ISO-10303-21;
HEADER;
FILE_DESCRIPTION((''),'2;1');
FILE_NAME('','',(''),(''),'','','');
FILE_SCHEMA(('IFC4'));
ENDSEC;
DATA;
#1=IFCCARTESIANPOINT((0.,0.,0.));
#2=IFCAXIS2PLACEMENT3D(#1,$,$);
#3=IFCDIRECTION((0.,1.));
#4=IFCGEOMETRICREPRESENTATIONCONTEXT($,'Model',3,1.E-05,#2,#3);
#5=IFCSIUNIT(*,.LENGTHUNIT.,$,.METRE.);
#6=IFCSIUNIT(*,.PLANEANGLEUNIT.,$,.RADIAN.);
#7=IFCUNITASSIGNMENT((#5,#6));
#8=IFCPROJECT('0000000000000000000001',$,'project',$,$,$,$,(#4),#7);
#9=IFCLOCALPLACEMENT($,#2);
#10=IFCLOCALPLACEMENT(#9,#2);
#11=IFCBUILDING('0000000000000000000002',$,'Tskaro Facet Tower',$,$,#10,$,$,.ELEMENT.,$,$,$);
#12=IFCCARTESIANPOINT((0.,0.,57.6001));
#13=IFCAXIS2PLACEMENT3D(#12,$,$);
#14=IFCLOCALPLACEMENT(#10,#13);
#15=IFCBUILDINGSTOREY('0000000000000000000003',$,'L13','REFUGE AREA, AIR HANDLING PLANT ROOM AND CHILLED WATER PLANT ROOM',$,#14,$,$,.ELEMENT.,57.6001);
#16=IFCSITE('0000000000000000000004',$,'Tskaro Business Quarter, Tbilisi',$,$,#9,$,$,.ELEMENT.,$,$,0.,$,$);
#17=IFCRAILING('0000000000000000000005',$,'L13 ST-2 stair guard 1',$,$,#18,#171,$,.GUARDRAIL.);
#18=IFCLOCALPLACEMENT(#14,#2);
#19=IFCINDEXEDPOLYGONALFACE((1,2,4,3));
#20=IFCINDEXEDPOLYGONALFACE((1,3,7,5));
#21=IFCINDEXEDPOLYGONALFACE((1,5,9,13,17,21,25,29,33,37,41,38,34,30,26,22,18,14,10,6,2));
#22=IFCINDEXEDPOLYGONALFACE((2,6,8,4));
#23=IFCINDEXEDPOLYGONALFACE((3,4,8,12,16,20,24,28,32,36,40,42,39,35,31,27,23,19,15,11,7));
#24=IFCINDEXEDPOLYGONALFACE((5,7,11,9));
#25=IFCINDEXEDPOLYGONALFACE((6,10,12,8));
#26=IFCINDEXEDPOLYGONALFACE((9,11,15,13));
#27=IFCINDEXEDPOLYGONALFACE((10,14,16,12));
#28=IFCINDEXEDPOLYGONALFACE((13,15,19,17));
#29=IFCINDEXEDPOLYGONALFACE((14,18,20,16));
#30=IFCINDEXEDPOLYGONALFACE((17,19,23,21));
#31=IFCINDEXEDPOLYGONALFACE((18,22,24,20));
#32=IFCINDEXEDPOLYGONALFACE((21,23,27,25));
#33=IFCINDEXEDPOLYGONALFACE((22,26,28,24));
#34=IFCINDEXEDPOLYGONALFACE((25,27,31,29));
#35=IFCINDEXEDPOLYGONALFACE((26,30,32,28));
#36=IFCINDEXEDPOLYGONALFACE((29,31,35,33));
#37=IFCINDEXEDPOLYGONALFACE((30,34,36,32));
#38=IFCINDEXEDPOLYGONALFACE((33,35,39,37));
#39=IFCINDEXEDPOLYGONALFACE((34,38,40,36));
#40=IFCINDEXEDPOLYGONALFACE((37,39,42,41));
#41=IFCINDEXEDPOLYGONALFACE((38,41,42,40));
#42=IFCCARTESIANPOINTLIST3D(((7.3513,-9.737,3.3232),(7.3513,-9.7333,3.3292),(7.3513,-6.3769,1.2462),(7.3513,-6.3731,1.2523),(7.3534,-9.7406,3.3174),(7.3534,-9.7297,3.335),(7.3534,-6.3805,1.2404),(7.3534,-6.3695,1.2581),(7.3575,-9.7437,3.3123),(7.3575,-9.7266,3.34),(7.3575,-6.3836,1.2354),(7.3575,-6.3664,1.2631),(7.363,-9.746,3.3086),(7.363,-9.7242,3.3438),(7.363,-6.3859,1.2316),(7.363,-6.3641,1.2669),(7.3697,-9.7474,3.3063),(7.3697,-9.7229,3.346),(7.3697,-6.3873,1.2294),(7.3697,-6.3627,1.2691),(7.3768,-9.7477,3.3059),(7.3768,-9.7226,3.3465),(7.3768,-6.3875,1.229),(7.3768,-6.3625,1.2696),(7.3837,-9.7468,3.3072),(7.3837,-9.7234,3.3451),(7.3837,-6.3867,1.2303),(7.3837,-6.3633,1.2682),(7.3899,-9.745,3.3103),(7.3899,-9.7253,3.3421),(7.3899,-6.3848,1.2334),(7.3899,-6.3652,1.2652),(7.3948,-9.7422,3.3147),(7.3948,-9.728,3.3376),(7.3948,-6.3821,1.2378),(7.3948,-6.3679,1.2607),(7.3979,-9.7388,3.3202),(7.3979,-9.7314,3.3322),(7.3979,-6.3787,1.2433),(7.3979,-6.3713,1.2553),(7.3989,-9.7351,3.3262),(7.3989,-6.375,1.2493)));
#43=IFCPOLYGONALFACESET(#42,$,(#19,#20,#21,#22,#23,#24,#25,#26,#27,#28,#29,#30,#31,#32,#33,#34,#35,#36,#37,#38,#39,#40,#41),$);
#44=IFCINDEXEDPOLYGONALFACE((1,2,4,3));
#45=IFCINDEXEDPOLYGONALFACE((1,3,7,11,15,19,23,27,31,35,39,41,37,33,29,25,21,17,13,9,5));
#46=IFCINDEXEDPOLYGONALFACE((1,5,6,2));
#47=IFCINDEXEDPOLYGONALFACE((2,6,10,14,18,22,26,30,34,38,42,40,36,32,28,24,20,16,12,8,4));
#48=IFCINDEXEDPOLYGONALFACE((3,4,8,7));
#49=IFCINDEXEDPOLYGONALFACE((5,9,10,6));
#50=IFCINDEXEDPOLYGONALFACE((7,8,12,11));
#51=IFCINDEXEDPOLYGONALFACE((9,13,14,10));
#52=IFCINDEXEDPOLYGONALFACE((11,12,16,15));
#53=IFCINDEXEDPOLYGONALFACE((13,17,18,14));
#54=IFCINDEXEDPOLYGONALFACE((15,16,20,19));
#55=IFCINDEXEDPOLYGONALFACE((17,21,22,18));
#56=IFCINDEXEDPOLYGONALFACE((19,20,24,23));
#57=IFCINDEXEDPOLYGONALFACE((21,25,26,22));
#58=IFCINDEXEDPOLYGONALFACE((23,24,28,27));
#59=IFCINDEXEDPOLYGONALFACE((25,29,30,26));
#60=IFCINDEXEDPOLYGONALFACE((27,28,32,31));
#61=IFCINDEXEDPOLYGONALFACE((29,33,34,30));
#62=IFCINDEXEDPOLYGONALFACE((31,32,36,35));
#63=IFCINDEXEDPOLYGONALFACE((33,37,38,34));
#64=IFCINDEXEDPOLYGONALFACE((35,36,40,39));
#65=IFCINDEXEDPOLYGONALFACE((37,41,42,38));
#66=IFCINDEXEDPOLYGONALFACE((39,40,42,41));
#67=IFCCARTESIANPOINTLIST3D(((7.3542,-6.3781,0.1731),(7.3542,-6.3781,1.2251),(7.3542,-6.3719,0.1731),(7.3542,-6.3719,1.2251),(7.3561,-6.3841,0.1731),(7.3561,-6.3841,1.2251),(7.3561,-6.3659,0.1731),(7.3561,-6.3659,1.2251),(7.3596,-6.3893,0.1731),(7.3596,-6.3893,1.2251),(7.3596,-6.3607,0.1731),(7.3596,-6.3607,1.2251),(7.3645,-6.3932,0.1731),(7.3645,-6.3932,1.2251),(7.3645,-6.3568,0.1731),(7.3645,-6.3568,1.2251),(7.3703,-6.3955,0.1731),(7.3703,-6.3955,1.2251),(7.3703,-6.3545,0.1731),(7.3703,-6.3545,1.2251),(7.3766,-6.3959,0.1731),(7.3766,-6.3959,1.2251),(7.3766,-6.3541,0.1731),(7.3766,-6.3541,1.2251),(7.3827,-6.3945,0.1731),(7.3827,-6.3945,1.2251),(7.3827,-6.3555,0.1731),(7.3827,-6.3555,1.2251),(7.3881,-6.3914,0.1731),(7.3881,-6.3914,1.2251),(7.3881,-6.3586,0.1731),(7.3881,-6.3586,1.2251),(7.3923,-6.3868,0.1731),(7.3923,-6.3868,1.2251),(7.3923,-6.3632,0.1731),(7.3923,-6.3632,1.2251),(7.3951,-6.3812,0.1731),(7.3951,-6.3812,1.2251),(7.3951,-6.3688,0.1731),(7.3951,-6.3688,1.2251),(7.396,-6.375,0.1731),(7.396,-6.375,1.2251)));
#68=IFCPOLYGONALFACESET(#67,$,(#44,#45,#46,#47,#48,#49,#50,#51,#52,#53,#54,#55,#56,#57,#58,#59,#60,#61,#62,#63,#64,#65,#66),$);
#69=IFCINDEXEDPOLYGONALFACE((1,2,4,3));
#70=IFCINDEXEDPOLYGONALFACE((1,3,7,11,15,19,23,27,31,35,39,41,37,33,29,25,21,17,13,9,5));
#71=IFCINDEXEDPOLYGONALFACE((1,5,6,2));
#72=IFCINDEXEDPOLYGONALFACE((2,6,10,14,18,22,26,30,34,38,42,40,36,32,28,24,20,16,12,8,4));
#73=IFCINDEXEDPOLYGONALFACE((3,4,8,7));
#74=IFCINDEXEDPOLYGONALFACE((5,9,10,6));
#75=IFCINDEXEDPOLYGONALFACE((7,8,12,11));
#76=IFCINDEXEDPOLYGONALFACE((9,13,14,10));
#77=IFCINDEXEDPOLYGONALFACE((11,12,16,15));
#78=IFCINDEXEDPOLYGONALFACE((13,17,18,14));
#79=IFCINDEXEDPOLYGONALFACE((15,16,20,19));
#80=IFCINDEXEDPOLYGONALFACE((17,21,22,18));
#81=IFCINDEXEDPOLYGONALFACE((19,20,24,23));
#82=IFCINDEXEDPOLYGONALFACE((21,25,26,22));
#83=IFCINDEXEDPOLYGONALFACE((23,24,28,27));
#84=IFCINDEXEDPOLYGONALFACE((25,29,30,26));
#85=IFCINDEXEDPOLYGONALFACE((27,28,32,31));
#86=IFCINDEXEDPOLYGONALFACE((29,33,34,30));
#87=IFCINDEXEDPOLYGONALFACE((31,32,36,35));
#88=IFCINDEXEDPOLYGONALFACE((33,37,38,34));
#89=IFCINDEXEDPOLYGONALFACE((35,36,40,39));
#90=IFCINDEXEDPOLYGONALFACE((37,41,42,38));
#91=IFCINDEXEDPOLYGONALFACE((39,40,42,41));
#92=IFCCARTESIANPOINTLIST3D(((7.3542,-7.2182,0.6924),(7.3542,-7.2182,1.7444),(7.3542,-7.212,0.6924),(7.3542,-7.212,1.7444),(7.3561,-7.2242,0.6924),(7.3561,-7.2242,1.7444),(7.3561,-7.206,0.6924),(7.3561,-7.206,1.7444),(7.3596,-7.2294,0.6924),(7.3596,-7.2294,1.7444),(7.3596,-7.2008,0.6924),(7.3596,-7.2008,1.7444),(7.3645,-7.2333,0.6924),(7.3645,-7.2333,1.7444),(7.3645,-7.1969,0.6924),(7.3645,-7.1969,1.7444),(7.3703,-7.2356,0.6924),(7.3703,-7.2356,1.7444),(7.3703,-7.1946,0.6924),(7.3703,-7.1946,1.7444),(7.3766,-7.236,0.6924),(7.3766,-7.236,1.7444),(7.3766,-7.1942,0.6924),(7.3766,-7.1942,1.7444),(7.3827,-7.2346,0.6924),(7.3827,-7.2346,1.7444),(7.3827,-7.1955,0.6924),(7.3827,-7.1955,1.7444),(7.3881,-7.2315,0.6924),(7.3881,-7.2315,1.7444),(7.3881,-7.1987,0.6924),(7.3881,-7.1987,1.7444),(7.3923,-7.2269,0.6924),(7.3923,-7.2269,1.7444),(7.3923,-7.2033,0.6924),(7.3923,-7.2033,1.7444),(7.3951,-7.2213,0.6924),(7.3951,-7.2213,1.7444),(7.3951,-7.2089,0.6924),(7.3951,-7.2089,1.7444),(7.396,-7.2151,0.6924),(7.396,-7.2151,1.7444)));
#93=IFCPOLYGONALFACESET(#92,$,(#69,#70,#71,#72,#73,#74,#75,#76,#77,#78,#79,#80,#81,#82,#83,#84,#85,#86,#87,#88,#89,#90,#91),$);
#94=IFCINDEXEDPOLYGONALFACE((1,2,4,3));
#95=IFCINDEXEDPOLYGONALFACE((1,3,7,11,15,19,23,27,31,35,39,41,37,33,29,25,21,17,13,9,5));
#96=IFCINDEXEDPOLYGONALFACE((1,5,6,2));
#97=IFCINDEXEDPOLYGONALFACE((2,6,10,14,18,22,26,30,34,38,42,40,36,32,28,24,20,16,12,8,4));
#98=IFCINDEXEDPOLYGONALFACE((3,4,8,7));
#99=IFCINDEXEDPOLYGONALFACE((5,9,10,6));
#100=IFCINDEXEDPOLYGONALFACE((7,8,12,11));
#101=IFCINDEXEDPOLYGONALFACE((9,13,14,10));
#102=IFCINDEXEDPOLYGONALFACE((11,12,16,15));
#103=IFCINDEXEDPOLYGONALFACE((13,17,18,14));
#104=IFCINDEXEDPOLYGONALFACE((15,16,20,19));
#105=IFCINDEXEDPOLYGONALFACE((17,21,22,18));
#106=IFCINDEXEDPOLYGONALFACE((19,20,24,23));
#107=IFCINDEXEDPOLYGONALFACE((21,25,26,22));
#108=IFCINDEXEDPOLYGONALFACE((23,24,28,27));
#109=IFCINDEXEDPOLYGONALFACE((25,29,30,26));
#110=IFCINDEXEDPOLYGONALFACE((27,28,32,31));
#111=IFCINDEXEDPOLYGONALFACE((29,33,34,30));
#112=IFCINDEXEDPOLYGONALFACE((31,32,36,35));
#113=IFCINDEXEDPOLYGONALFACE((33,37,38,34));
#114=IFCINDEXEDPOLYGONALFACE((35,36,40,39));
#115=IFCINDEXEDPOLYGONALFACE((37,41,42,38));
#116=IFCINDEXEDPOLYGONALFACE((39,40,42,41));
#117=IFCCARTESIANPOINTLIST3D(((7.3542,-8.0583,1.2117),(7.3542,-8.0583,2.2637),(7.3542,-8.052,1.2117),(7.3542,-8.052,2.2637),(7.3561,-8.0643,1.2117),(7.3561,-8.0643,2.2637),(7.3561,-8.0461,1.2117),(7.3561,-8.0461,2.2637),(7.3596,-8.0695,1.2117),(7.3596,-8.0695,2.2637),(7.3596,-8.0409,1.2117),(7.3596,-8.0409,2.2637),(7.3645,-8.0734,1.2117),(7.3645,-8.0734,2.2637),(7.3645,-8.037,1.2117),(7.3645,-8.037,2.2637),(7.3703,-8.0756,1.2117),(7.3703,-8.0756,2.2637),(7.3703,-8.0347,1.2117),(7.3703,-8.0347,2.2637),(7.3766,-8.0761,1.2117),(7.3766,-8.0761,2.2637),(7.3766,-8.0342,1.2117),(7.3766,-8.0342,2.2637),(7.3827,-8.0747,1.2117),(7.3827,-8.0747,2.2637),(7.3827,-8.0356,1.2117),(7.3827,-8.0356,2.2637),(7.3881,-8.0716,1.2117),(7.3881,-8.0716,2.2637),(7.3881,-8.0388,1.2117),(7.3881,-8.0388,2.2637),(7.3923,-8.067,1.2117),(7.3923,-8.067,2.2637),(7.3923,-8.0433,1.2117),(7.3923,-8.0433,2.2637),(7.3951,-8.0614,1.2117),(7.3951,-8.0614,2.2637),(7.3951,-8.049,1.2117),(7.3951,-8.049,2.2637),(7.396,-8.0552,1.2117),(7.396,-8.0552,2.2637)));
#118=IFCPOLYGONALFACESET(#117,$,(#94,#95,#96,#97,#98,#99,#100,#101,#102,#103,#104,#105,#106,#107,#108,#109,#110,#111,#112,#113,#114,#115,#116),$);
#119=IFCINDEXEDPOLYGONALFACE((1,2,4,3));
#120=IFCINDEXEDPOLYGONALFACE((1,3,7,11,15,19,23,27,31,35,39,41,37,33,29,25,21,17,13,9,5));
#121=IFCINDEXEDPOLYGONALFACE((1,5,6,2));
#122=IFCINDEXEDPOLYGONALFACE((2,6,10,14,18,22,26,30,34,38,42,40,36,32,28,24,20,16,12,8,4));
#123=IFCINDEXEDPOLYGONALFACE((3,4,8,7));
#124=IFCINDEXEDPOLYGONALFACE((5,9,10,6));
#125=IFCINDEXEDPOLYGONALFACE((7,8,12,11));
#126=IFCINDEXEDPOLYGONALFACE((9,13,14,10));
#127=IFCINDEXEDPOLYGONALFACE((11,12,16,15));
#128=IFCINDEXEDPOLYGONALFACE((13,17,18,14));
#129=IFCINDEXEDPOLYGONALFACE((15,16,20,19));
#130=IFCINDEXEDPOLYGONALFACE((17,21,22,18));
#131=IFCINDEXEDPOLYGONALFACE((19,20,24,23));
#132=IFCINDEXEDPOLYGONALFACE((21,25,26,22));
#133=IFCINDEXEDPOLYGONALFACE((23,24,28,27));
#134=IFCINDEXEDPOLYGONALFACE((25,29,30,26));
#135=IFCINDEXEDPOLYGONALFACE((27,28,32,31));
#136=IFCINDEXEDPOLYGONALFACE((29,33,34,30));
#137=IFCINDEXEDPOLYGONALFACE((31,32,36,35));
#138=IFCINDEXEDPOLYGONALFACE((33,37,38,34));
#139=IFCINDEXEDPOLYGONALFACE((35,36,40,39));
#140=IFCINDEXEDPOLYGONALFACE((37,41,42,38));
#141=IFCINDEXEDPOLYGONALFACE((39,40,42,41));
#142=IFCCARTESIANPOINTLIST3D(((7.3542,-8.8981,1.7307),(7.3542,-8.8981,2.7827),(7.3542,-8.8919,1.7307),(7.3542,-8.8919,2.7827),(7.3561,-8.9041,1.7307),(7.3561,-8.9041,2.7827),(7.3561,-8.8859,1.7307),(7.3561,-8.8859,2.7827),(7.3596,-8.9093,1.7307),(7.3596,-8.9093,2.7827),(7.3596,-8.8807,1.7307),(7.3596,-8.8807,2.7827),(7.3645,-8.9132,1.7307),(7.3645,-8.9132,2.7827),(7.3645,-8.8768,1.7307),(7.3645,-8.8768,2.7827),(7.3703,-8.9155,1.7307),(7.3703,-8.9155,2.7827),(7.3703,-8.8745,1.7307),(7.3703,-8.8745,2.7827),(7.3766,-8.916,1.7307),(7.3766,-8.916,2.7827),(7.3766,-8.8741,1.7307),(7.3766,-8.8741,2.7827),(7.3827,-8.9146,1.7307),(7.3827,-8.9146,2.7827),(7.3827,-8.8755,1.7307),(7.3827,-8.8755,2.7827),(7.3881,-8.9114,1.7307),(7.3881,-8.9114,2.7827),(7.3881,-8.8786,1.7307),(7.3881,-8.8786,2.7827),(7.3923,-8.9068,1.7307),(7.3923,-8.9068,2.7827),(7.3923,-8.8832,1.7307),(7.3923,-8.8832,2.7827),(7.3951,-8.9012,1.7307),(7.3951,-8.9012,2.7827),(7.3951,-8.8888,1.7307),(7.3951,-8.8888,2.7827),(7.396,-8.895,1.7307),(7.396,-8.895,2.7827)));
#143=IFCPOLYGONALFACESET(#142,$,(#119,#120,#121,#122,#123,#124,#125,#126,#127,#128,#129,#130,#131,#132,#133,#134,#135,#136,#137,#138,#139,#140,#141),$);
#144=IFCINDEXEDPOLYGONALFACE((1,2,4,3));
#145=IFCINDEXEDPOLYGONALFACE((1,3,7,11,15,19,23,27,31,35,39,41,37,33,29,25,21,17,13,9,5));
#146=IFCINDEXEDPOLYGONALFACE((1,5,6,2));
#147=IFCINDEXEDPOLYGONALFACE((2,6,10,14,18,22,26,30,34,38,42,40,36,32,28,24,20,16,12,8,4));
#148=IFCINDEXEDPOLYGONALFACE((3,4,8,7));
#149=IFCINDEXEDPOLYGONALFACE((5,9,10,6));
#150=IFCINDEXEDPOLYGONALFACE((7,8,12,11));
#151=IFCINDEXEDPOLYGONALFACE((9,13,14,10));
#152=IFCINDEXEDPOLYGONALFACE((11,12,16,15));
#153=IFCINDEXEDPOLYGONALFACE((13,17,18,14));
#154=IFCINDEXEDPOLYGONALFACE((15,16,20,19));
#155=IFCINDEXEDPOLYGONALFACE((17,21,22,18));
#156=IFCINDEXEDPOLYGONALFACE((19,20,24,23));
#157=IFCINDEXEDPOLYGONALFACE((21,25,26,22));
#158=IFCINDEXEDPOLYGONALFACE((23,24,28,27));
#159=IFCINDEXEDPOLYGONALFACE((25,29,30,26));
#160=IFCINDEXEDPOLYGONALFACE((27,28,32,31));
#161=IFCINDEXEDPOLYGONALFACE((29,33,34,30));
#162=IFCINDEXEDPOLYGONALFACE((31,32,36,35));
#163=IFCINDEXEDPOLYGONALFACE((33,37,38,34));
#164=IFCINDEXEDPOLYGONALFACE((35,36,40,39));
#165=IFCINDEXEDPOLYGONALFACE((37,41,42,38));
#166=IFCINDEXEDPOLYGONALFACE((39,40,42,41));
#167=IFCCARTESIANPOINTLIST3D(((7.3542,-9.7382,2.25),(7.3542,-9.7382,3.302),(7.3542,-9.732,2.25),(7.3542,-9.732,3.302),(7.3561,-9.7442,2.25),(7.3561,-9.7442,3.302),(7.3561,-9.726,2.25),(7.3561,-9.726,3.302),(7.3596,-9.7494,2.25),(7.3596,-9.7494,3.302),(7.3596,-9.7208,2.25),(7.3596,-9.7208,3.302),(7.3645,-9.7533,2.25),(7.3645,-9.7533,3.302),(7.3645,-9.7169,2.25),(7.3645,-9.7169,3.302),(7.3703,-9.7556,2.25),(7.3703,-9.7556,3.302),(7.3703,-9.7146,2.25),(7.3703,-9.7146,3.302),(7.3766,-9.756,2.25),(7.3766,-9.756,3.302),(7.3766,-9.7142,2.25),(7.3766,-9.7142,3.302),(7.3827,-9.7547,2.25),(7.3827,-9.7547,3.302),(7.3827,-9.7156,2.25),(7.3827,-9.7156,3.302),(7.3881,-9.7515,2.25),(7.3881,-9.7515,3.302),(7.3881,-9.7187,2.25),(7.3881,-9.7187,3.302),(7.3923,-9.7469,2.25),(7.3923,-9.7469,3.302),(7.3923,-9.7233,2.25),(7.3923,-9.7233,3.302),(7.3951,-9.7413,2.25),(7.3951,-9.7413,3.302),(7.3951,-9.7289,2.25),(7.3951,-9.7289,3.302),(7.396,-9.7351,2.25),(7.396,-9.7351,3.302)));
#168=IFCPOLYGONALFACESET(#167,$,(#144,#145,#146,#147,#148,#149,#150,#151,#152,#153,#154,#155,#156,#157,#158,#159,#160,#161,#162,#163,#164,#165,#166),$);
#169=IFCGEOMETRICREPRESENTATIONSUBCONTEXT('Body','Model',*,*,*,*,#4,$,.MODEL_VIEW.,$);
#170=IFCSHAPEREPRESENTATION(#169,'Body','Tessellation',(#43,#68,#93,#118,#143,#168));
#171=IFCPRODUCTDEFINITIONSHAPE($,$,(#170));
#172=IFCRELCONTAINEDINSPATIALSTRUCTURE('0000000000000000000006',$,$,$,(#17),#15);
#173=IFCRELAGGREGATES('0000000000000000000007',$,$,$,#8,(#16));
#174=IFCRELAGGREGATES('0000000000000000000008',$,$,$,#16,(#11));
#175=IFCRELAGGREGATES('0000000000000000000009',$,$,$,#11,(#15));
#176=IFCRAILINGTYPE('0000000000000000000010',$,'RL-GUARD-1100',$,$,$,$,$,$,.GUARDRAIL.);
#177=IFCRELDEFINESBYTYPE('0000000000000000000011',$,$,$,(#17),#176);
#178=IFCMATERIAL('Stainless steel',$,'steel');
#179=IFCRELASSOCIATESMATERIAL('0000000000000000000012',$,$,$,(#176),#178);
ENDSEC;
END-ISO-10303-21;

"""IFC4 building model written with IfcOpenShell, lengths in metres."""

from ifc_helpers import new_model, si_unit, direction, frame, origin, origin_2d, place, context, subcontext, project, spatial, circle, extrude, material, type_object, element, save


model = new_model("IFC4")

# Units and contexts
model_context = context("Model", 3, precision=1e-05, world=origin(), true_north=direction((0.0, 1.0)))
body_context = subcontext(model_context, "Body", "Model", "MODEL_VIEW")
ifc_project = project(units=[si_unit("LENGTHUNIT", "METRE"), si_unit("PLANEANGLEUNIT", "RADIAN")], contexts=[model_context])

# Site, building, storey
site_placement = place(None, origin())
site = spatial("IfcSite", under=ifc_project, at=site_placement, Name="Tskaro Business Quarter, Tbilisi", CompositionType="ELEMENT", RefElevation=0.0)
building_placement = place(site_placement, origin())
building = spatial("IfcBuilding", under=site, at=building_placement, Name="Tskaro Facet Tower", CompositionType="ELEMENT")
storey_placement = place(building_placement, frame((0.0, 0.0, 57.6001)))
storey = spatial("IfcBuildingStorey", under=building, at=storey_placement, Name="L13", Description="REFUGE AREA, AIR HANDLING PLANT ROOM AND CHILLED WATER PLANT ROOM", CompositionType="ELEMENT", Elevation=57.6001)

# Railing
ifc_material_1 = material(Name="Stainless steel", Category="steel")
railing_type_1 = type_object("IfcRailingType", Name="RL-GUARD-1100", PredefinedType="GUARDRAIL", material=ifc_material_1)
railing_1_placement = place(storey_placement, frame((7.375, -6.375, 0.1731)))
element("IfcRailing", 1, at=railing_1_placement, inside=storey, type_object=railing_type_1, Name="L13 ST-2 stair guard 1", PredefinedType="GUARDRAIL", context=body_context, shape_type="SweptSolid", body=[
    extrude(circle(Radius=0.0239, at=origin_2d()), frame((0.0, 0.0, 1.0762), z_axis=(0.0, -0.850623, 0.525776), x_axis=(1.0, 0.0, 0.0)), (0.0, 0.0, 1.0), 3.9502),
    extrude(circle(Radius=0.021, at=origin_2d()), origin(), (0.0, 0.0, 1.0), 1.052),
    extrude(circle(Radius=0.021, at=origin_2d()), frame((0.0, -0.8401, 0.5193)), (0.0, 0.0, 1.0), 1.052),
    extrude(circle(Radius=0.021, at=origin_2d()), frame((0.0, -1.6802, 1.0386)), (0.0, 0.0, 1.0), 1.052),
    extrude(circle(Radius=0.021, at=origin_2d()), frame((0.0, -2.52, 1.5576)), (0.0, 0.0, 1.0), 1.052),
    extrude(circle(Radius=0.021, at=origin_2d()), frame((0.0, -3.3601, 2.0769)), (0.0, 0.0, 1.0), 1.052),
])

save(model, "model.ifc")
